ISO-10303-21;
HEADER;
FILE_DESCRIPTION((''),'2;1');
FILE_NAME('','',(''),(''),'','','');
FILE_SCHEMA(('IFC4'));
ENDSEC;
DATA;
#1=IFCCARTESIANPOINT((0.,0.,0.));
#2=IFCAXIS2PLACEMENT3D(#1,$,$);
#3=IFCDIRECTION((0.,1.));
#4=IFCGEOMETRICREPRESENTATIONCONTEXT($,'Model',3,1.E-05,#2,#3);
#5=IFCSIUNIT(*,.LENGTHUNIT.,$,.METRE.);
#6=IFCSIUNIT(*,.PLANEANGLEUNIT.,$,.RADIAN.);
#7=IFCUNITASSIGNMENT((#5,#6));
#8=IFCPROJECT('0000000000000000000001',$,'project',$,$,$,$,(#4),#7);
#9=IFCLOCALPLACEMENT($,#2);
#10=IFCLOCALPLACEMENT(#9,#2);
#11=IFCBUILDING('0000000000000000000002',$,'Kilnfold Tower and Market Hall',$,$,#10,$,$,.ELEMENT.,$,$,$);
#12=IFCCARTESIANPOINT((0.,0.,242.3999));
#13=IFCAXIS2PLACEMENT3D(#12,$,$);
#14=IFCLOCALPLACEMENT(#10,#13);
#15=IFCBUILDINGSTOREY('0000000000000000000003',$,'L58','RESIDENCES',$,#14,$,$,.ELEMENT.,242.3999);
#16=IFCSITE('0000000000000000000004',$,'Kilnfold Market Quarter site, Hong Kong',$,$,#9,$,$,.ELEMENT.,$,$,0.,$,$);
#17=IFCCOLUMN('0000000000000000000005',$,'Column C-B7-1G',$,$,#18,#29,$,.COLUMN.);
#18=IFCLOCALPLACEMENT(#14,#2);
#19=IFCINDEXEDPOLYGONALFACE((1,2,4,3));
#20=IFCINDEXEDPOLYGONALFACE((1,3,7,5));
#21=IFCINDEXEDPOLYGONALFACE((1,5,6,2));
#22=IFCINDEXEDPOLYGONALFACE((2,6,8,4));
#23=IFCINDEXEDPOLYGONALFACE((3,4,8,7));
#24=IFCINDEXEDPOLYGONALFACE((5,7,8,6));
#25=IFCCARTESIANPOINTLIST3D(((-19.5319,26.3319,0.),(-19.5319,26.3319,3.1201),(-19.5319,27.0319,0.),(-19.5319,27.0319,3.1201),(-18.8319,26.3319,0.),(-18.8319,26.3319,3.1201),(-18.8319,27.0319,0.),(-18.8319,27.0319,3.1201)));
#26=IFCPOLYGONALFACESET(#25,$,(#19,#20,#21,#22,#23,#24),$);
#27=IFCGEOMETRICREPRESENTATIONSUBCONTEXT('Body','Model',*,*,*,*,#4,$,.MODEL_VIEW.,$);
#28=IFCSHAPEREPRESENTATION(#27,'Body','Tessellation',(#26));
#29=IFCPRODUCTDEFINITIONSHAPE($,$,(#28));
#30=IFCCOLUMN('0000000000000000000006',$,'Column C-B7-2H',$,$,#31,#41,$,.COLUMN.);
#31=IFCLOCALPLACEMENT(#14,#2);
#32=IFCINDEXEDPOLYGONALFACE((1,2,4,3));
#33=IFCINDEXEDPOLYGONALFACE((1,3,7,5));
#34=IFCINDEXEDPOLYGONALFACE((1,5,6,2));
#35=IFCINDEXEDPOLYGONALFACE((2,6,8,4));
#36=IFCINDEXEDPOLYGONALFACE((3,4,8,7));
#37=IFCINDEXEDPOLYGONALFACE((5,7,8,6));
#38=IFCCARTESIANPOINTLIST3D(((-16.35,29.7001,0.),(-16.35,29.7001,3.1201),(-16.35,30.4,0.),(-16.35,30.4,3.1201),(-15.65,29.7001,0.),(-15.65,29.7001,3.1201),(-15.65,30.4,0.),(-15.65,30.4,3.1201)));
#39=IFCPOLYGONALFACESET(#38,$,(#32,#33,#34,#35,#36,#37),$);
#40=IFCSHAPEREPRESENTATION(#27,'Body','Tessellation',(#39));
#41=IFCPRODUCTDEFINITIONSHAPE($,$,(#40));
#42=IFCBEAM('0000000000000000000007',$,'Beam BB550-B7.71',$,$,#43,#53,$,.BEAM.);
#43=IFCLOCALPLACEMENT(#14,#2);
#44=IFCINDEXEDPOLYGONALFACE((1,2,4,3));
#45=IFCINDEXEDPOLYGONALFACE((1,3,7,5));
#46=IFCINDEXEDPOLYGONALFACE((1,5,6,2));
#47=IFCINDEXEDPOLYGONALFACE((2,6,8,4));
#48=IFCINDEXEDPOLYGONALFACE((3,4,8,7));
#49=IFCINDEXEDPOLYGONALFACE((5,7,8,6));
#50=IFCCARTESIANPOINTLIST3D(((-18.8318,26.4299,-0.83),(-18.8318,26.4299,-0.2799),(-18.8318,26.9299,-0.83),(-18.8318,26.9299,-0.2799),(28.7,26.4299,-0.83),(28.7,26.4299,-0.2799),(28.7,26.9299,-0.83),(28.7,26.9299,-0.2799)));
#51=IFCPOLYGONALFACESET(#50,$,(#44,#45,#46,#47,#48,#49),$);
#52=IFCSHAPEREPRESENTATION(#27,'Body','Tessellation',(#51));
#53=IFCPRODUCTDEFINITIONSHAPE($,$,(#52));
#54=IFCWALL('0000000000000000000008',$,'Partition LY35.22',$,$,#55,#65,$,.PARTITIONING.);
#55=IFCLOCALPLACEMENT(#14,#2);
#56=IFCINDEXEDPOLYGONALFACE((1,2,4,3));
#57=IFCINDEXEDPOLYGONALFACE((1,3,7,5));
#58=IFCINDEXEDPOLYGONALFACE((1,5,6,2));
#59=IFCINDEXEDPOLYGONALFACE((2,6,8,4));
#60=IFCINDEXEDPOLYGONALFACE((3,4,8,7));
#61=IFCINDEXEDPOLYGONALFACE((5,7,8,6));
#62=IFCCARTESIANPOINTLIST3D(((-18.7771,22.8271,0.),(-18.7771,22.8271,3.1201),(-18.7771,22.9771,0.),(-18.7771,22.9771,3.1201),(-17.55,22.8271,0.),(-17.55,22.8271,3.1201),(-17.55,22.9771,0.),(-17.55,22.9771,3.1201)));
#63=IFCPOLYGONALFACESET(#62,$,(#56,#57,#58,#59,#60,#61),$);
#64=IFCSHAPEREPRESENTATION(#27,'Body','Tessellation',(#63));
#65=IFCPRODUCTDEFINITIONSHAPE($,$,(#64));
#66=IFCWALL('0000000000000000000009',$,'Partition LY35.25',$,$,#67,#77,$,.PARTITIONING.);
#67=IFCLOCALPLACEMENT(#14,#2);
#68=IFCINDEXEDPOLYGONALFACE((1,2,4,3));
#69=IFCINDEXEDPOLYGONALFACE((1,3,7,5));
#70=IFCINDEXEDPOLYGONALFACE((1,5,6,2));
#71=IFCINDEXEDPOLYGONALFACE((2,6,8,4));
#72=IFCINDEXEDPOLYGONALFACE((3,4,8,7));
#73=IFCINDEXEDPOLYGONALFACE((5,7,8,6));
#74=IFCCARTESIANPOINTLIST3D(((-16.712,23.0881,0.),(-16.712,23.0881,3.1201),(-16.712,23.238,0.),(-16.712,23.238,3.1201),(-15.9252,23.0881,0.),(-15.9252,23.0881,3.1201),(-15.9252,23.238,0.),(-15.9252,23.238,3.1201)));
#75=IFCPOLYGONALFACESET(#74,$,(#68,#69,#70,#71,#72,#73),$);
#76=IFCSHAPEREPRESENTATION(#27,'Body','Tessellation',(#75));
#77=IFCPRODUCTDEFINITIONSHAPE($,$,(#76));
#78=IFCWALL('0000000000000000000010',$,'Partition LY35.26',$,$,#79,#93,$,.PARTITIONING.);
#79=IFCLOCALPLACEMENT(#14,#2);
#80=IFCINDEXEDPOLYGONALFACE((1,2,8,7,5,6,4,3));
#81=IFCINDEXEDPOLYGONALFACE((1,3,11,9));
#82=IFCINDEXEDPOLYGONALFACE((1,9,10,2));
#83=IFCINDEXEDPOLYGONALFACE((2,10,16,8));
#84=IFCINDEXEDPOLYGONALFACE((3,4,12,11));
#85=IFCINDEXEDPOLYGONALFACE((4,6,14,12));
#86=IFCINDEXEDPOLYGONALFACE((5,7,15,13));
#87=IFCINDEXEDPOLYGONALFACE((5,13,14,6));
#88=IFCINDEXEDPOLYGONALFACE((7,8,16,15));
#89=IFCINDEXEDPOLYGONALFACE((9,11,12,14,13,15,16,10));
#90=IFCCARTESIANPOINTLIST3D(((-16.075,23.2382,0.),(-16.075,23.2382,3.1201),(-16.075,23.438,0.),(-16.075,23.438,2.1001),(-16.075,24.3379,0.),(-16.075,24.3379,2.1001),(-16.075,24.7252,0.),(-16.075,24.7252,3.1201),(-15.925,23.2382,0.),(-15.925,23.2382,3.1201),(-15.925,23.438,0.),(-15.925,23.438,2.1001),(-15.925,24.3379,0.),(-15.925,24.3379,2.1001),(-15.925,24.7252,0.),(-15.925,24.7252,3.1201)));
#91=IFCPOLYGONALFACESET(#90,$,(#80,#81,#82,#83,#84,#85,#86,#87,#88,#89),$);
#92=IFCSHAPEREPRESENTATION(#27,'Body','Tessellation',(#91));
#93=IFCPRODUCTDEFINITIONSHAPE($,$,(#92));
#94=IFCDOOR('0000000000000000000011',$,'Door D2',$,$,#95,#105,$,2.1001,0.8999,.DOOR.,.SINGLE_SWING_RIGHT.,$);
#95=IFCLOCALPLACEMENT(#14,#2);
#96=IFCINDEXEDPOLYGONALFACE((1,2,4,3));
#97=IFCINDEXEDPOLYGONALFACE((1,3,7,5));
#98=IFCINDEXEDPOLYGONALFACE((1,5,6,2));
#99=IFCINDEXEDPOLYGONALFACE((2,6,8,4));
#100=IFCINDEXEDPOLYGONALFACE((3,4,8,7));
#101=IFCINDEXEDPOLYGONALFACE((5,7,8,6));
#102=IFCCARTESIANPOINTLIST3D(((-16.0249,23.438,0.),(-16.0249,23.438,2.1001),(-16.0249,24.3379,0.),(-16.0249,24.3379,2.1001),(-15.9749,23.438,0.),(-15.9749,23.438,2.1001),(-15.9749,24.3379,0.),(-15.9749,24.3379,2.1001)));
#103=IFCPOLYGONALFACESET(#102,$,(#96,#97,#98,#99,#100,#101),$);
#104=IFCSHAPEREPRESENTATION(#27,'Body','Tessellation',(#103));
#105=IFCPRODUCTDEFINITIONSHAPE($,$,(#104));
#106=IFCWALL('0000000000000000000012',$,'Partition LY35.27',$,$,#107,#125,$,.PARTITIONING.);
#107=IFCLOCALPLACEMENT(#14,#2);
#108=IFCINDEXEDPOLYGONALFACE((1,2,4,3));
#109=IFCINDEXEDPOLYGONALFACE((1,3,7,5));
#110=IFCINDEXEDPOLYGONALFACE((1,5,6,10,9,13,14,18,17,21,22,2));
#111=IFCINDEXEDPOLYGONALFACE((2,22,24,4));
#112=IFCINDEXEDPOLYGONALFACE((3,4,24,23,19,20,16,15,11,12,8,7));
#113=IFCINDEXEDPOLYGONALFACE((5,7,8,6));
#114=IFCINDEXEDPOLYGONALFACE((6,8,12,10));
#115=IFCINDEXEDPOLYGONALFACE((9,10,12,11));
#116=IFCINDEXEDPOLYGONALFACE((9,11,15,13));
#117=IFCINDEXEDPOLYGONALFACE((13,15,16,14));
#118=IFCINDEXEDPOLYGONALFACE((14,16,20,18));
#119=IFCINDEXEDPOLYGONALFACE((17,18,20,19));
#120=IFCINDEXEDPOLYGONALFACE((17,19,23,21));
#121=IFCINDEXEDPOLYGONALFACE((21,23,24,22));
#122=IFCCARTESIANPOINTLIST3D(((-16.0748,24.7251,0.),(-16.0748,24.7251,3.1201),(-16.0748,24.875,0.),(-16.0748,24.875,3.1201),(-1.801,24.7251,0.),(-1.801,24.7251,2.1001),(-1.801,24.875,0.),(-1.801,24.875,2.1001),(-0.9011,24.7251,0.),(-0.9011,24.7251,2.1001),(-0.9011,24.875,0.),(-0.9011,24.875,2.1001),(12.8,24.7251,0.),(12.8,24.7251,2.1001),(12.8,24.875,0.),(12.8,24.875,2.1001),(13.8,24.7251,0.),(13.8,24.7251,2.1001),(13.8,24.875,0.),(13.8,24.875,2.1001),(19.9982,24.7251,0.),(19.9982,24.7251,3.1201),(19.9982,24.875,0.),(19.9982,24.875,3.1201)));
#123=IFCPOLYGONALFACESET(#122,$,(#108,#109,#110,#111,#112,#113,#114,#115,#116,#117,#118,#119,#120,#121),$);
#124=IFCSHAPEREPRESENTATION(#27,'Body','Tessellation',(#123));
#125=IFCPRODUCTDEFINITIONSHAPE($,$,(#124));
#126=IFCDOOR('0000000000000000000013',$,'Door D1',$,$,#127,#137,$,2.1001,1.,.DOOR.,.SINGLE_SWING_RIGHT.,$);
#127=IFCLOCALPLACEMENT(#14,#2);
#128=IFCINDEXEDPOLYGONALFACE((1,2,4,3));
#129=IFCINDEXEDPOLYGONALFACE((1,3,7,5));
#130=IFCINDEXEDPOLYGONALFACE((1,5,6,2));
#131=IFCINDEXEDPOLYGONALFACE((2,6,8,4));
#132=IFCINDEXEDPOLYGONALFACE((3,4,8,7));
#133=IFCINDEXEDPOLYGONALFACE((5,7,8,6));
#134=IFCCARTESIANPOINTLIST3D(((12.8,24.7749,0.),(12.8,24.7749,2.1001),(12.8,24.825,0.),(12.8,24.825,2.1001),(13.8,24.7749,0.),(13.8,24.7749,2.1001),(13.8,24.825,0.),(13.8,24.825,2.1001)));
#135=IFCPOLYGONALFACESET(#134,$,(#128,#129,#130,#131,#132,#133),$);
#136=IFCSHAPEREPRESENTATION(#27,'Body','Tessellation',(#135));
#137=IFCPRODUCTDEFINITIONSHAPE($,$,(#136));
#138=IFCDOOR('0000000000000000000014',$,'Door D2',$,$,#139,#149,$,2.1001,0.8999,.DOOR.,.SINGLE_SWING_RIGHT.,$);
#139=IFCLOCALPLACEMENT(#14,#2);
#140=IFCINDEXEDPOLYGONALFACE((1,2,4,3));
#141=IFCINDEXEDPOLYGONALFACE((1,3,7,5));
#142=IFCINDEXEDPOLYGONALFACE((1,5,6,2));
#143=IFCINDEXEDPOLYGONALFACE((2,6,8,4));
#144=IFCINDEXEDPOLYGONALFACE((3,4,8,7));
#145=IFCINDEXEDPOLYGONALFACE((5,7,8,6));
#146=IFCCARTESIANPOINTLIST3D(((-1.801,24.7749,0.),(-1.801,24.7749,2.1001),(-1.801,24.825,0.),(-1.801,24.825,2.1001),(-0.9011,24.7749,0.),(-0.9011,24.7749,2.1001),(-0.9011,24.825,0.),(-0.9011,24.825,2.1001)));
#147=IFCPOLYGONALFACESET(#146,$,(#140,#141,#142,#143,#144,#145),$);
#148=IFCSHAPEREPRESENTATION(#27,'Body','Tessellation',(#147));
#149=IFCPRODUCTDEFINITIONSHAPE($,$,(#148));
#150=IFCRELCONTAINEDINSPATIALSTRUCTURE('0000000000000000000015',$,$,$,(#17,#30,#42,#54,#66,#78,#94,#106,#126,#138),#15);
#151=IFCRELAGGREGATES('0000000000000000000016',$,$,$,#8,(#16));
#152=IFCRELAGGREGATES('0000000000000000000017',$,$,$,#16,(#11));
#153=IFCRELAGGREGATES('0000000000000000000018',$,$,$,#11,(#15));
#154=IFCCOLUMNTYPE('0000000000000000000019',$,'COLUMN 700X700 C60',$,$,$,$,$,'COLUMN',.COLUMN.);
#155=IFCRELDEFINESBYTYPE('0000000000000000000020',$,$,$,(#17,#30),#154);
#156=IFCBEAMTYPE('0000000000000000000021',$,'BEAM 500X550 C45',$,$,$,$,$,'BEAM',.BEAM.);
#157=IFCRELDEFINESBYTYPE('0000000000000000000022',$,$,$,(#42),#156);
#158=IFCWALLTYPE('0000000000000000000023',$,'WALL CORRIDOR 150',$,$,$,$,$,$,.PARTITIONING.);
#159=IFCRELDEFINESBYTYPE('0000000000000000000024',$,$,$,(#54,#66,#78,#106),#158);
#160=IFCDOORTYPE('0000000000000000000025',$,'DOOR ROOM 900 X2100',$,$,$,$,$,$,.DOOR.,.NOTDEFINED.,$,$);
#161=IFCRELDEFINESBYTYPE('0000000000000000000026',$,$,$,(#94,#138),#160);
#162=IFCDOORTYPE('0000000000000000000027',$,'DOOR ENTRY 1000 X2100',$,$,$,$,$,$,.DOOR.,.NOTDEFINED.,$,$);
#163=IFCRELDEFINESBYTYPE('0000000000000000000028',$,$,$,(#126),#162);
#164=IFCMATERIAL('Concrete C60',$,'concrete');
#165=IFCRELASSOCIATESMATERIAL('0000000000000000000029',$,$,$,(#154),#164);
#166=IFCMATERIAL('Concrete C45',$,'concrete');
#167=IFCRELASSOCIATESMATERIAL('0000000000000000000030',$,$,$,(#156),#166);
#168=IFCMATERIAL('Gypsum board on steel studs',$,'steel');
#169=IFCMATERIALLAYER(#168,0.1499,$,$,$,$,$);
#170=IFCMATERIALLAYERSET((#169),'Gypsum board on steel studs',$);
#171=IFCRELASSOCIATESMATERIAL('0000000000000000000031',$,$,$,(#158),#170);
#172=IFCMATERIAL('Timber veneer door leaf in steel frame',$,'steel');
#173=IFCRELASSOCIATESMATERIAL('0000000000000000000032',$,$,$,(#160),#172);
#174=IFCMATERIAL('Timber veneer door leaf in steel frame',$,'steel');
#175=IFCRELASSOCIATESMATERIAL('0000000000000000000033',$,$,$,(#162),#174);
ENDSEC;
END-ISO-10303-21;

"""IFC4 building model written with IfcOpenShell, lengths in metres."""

from ifc_helpers import new_model, si_unit, direction, frame, frame_2d, origin, origin_2d, place, context, subcontext, project, spatial, rectangle, extrude, source, transform, mapped, material, layer, layer_set, material_profile, profile_set, type_object, element, fill, save


model = new_model("IFC4")

# Units and contexts
model_context = context("Model", 3, precision=1e-05, world=origin(), true_north=direction((0.0, 1.0)))
body_context = subcontext(model_context, "Body", "Model", "MODEL_VIEW")
ifc_project = project(units=[si_unit("LENGTHUNIT", "METRE"), si_unit("PLANEANGLEUNIT", "RADIAN")], contexts=[model_context])

# Site, building, storey
site_placement = place(None, origin())
site = spatial("IfcSite", under=ifc_project, at=site_placement, Name="Kilnfold Market Quarter site, Hong Kong", CompositionType="ELEMENT", RefElevation=0.0)
building_placement = place(site_placement, origin())
building = spatial("IfcBuilding", under=site, at=building_placement, Name="Kilnfold Tower and Market Hall", CompositionType="ELEMENT")
storey_placement = place(building_placement, frame((0.0, 0.0, 242.3999)))
storey = spatial("IfcBuildingStorey", under=building, at=storey_placement, Name="L58", Description="RESIDENCES", CompositionType="ELEMENT", Elevation=242.3999)

# Columns
ifc_material_1 = material(Name="Concrete C60", Category="concrete")
ifc_material_profile_1 = material_profile(ifc_material_1, rectangle(XDim=0.7, YDim=0.7, at=origin_2d()), Name="RC 700x700")
ifc_profile_set_1 = profile_set([ifc_material_profile_1], Name="Concrete C60")
column_type = type_object("IfcColumnType", Name="COLUMN 700X700 C60", ElementType="COLUMN", PredefinedType="COLUMN", material=ifc_profile_set_1)
shared_shape_1 = source(origin(), body_context, "Body", "SweptSolid", [
    extrude(rectangle(XDim=0.7, YDim=0.7, at=origin_2d()), origin(), (0.0, 0.0, 1.0), 3.1201),
])
for number, where, z_axis, x_axis, name in (
    (1, (-19.1819, 26.6819, 0.0), (0.0, 0.0, 1.0), (1.0, 0.0, 0.0), "Column C-B7-1G"),
    (2, (-16.0, 30.05, 0.0), (0.0, 0.0, 1.0), (1.0, 0.0, 0.0), "Column C-B7-2H"),
):
    element("IfcColumn", number, at=place(storey_placement, frame(where, z_axis=z_axis, x_axis=x_axis)), inside=storey, type_object=column_type, Name=name, PredefinedType="COLUMN", context=body_context, shape_type="MappedRepresentation", body=[
        mapped(shared_shape_1, transform((0.0, 0.0, 0.0))),
    ])

# Beam
ifc_material_2 = material(Name="Concrete C45", Category="concrete")
ifc_material_profile_2 = material_profile(ifc_material_2, rectangle(XDim=0.5, YDim=0.55, at=origin_2d()), Name="RC 500x550")
ifc_profile_set_2 = profile_set([ifc_material_profile_2], Name="Concrete C45")
beam_type = type_object("IfcBeamType", Name="BEAM 500X550 C45", ElementType="BEAM", PredefinedType="BEAM", material=ifc_profile_set_2)
shared_shape_2 = source(origin(), body_context, "Body", "SweptSolid", [
    extrude(rectangle(XDim=0.5, YDim=0.55, at=origin_2d()), origin(), (0.0, 0.0, 1.0), 47.5317),
])
beam_placement = place(storey_placement, frame((-18.8318, 26.6799, -0.5549), z_axis=(1.0, 0.0, 0.0), x_axis=(0.0, 1.0, 0.0)))
element("IfcBeam", 3, at=beam_placement, inside=storey, type_object=beam_type, Name="Beam BB550-B7.71", PredefinedType="BEAM", context=body_context, shape_type="MappedRepresentation", body=[
    mapped(shared_shape_2, transform((0.0, 0.0, 0.0))),
])

# Walls
ifc_material_3 = material(Name="Gypsum board on steel studs", Category="steel")
ifc_layer_1 = layer(ifc_material_3, 0.1499)
ifc_layer_set_1 = layer_set([ifc_layer_1], Name="Gypsum board on steel studs")
wall_type_1 = type_object("IfcWallType", Name="WALL CORRIDOR 150", PredefinedType="PARTITIONING", material=ifc_layer_set_1)
wall_1_placement = place(storey_placement, frame((-17.55, 22.9021, 0.0), z_axis=(0.0, 0.0, 1.0), x_axis=(-1.0, 0.0, 0.0)))
element("IfcWall", 4, at=wall_1_placement, inside=storey, type_object=wall_type_1, Name="Partition LY35.22", PredefinedType="PARTITIONING", context=body_context, shape_type="SweptSolid", body=[
    extrude(rectangle(XDim=1.2271, YDim=0.1499, at=frame_2d((0.6135, 0.0))), origin(), (0.0, 0.0, 1.0), 3.1201),
])
wall_2_placement = place(storey_placement, frame((-15.925, 23.1631, 0.0), z_axis=(0.0, 0.0, 1.0), x_axis=(-1.0, 0.0, 0.0)))
element("IfcWall", 5, at=wall_2_placement, inside=storey, type_object=wall_type_1, Name="Partition LY35.25", PredefinedType="PARTITIONING", context=body_context, shape_type="SweptSolid", body=[
    extrude(rectangle(XDim=0.7869, YDim=0.1499, at=frame_2d((0.3936, 0.0))), origin(), (0.0, 0.0, 1.0), 3.1201),
])

# Wall, opening, door
wall_3_placement = place(storey_placement, frame((-16.0, 23.238, 0.0), z_axis=(0.0, 0.0, 1.0), x_axis=(0.0, 1.0, 0.0)))
wall_3 = element("IfcWall", 6, at=wall_3_placement, inside=storey, type_object=wall_type_1, Name="Partition LY35.26", PredefinedType="PARTITIONING", context=body_context, shape_type="SweptSolid", body=[
    extrude(rectangle(XDim=1.4871, YDim=0.1499, at=frame_2d((0.7437, 0.0))), origin(), (0.0, 0.0, 1.0), 3.1201),
])
opening_1_placement = place(wall_3_placement, frame((0.2, 0.0, 0.0)))
opening_1 = element("IfcOpeningElement", 7, at=opening_1_placement, cuts=wall_3, PredefinedType="OPENING", context=body_context, shape_type="SweptSolid", body=[
    extrude(rectangle(XDim=0.8999, YDim=2.1001, at=frame_2d((0.45, 1.05))), frame((0.0, 0.085, 0.0), z_axis=(0.0, -1.0, 0.0), x_axis=(1.0, 0.0, 0.0)), (0.0, 0.0, 1.0), 0.1699),
])
ifc_material_4 = material(Name="Timber veneer door leaf in steel frame", Category="steel")
door_type_1 = type_object("IfcDoorType", Name="DOOR ROOM 900 X2100", OperationType="NOTDEFINED", PredefinedType="DOOR", material=ifc_material_4)
door_1_placement = place(opening_1_placement, origin())
door_1 = element("IfcDoor", 8, at=door_1_placement, inside=storey, type_object=door_type_1, Name="Door D2", OperationType="SINGLE_SWING_RIGHT", OverallHeight=2.1001, OverallWidth=0.8999, PredefinedType="DOOR", context=body_context, shape_type="SweptSolid", body=[
    extrude(rectangle(XDim=0.8999, YDim=2.1001, at=frame_2d((0.45, 1.05))), frame((0.0, 0.0249, 0.0), z_axis=(0.0, -1.0, 0.0), x_axis=(1.0, 0.0, 0.0)), (0.0, 0.0, 1.0), 0.05),
])
fill(opening_1, door_1)

# Wall, openings, doors
wall_4_placement = place(storey_placement, frame((-16.075, 24.8, 0.0), z_axis=(0.0, 0.0, 1.0), x_axis=(1.0, 0.0, 0.0)))
wall_4 = element("IfcWall", 9, at=wall_4_placement, inside=storey, type_object=wall_type_1, Name="Partition LY35.27", PredefinedType="PARTITIONING", context=body_context, shape_type="SweptSolid", body=[
    extrude(rectangle(XDim=36.073, YDim=0.1499, at=frame_2d((18.0366, 0.0))), origin(), (0.0, 0.0, 1.0), 3.1201),
])
opening_2_placement = place(wall_4_placement, frame((14.2739, 0.0, 0.0)))
opening_2 = element("IfcOpeningElement", 10, at=opening_2_placement, cuts=wall_4, PredefinedType="OPENING", context=body_context, shape_type="SweptSolid", body=[
    extrude(rectangle(XDim=0.8999, YDim=2.1001, at=frame_2d((0.45, 1.05))), frame((0.0, 0.085, 0.0), z_axis=(0.0, -1.0, 0.0), x_axis=(1.0, 0.0, 0.0)), (0.0, 0.0, 1.0), 0.1699),
])
opening_3_placement = place(wall_4_placement, frame((28.875, 0.0, 0.0)))
opening_3 = element("IfcOpeningElement", 11, at=opening_3_placement, cuts=wall_4, PredefinedType="OPENING", context=body_context, shape_type="SweptSolid", body=[
    extrude(rectangle(XDim=1.0, YDim=2.1001, at=frame_2d((0.5, 1.05))), frame((0.0, 0.085, 0.0), z_axis=(0.0, -1.0, 0.0), x_axis=(1.0, 0.0, 0.0)), (0.0, 0.0, 1.0), 0.1699),
])
ifc_material_5 = material(Name="Timber veneer door leaf in steel frame", Category="steel")
door_type_2 = type_object("IfcDoorType", Name="DOOR ENTRY 1000 X2100", OperationType="NOTDEFINED", PredefinedType="DOOR", material=ifc_material_5)
door_2_placement = place(opening_3_placement, origin())
door_2 = element("IfcDoor", 12, at=door_2_placement, inside=storey, type_object=door_type_2, Name="Door D1", OperationType="SINGLE_SWING_RIGHT", OverallHeight=2.1001, OverallWidth=1.0, PredefinedType="DOOR", context=body_context, shape_type="SweptSolid", body=[
    extrude(rectangle(XDim=1.0, YDim=2.1001, at=frame_2d((0.5, 1.05))), frame((0.0, 0.0249, 0.0), z_axis=(0.0, -1.0, 0.0), x_axis=(1.0, 0.0, 0.0)), (0.0, 0.0, 1.0), 0.05),
])
fill(opening_3, door_2)
door_3_placement = place(opening_2_placement, origin())
door_3 = element("IfcDoor", 13, at=door_3_placement, inside=storey, type_object=door_type_1, Name="Door D2", OperationType="SINGLE_SWING_RIGHT", OverallHeight=2.1001, OverallWidth=0.8999, PredefinedType="DOOR", context=body_context, shape_type="SweptSolid", body=[
    extrude(rectangle(XDim=0.8999, YDim=2.1001, at=frame_2d((0.45, 1.05))), frame((0.0, 0.0249, 0.0), z_axis=(0.0, -1.0, 0.0), x_axis=(1.0, 0.0, 0.0)), (0.0, 0.0, 1.0), 0.05),
])
fill(opening_2, door_3)

save(model, "model.ifc")
